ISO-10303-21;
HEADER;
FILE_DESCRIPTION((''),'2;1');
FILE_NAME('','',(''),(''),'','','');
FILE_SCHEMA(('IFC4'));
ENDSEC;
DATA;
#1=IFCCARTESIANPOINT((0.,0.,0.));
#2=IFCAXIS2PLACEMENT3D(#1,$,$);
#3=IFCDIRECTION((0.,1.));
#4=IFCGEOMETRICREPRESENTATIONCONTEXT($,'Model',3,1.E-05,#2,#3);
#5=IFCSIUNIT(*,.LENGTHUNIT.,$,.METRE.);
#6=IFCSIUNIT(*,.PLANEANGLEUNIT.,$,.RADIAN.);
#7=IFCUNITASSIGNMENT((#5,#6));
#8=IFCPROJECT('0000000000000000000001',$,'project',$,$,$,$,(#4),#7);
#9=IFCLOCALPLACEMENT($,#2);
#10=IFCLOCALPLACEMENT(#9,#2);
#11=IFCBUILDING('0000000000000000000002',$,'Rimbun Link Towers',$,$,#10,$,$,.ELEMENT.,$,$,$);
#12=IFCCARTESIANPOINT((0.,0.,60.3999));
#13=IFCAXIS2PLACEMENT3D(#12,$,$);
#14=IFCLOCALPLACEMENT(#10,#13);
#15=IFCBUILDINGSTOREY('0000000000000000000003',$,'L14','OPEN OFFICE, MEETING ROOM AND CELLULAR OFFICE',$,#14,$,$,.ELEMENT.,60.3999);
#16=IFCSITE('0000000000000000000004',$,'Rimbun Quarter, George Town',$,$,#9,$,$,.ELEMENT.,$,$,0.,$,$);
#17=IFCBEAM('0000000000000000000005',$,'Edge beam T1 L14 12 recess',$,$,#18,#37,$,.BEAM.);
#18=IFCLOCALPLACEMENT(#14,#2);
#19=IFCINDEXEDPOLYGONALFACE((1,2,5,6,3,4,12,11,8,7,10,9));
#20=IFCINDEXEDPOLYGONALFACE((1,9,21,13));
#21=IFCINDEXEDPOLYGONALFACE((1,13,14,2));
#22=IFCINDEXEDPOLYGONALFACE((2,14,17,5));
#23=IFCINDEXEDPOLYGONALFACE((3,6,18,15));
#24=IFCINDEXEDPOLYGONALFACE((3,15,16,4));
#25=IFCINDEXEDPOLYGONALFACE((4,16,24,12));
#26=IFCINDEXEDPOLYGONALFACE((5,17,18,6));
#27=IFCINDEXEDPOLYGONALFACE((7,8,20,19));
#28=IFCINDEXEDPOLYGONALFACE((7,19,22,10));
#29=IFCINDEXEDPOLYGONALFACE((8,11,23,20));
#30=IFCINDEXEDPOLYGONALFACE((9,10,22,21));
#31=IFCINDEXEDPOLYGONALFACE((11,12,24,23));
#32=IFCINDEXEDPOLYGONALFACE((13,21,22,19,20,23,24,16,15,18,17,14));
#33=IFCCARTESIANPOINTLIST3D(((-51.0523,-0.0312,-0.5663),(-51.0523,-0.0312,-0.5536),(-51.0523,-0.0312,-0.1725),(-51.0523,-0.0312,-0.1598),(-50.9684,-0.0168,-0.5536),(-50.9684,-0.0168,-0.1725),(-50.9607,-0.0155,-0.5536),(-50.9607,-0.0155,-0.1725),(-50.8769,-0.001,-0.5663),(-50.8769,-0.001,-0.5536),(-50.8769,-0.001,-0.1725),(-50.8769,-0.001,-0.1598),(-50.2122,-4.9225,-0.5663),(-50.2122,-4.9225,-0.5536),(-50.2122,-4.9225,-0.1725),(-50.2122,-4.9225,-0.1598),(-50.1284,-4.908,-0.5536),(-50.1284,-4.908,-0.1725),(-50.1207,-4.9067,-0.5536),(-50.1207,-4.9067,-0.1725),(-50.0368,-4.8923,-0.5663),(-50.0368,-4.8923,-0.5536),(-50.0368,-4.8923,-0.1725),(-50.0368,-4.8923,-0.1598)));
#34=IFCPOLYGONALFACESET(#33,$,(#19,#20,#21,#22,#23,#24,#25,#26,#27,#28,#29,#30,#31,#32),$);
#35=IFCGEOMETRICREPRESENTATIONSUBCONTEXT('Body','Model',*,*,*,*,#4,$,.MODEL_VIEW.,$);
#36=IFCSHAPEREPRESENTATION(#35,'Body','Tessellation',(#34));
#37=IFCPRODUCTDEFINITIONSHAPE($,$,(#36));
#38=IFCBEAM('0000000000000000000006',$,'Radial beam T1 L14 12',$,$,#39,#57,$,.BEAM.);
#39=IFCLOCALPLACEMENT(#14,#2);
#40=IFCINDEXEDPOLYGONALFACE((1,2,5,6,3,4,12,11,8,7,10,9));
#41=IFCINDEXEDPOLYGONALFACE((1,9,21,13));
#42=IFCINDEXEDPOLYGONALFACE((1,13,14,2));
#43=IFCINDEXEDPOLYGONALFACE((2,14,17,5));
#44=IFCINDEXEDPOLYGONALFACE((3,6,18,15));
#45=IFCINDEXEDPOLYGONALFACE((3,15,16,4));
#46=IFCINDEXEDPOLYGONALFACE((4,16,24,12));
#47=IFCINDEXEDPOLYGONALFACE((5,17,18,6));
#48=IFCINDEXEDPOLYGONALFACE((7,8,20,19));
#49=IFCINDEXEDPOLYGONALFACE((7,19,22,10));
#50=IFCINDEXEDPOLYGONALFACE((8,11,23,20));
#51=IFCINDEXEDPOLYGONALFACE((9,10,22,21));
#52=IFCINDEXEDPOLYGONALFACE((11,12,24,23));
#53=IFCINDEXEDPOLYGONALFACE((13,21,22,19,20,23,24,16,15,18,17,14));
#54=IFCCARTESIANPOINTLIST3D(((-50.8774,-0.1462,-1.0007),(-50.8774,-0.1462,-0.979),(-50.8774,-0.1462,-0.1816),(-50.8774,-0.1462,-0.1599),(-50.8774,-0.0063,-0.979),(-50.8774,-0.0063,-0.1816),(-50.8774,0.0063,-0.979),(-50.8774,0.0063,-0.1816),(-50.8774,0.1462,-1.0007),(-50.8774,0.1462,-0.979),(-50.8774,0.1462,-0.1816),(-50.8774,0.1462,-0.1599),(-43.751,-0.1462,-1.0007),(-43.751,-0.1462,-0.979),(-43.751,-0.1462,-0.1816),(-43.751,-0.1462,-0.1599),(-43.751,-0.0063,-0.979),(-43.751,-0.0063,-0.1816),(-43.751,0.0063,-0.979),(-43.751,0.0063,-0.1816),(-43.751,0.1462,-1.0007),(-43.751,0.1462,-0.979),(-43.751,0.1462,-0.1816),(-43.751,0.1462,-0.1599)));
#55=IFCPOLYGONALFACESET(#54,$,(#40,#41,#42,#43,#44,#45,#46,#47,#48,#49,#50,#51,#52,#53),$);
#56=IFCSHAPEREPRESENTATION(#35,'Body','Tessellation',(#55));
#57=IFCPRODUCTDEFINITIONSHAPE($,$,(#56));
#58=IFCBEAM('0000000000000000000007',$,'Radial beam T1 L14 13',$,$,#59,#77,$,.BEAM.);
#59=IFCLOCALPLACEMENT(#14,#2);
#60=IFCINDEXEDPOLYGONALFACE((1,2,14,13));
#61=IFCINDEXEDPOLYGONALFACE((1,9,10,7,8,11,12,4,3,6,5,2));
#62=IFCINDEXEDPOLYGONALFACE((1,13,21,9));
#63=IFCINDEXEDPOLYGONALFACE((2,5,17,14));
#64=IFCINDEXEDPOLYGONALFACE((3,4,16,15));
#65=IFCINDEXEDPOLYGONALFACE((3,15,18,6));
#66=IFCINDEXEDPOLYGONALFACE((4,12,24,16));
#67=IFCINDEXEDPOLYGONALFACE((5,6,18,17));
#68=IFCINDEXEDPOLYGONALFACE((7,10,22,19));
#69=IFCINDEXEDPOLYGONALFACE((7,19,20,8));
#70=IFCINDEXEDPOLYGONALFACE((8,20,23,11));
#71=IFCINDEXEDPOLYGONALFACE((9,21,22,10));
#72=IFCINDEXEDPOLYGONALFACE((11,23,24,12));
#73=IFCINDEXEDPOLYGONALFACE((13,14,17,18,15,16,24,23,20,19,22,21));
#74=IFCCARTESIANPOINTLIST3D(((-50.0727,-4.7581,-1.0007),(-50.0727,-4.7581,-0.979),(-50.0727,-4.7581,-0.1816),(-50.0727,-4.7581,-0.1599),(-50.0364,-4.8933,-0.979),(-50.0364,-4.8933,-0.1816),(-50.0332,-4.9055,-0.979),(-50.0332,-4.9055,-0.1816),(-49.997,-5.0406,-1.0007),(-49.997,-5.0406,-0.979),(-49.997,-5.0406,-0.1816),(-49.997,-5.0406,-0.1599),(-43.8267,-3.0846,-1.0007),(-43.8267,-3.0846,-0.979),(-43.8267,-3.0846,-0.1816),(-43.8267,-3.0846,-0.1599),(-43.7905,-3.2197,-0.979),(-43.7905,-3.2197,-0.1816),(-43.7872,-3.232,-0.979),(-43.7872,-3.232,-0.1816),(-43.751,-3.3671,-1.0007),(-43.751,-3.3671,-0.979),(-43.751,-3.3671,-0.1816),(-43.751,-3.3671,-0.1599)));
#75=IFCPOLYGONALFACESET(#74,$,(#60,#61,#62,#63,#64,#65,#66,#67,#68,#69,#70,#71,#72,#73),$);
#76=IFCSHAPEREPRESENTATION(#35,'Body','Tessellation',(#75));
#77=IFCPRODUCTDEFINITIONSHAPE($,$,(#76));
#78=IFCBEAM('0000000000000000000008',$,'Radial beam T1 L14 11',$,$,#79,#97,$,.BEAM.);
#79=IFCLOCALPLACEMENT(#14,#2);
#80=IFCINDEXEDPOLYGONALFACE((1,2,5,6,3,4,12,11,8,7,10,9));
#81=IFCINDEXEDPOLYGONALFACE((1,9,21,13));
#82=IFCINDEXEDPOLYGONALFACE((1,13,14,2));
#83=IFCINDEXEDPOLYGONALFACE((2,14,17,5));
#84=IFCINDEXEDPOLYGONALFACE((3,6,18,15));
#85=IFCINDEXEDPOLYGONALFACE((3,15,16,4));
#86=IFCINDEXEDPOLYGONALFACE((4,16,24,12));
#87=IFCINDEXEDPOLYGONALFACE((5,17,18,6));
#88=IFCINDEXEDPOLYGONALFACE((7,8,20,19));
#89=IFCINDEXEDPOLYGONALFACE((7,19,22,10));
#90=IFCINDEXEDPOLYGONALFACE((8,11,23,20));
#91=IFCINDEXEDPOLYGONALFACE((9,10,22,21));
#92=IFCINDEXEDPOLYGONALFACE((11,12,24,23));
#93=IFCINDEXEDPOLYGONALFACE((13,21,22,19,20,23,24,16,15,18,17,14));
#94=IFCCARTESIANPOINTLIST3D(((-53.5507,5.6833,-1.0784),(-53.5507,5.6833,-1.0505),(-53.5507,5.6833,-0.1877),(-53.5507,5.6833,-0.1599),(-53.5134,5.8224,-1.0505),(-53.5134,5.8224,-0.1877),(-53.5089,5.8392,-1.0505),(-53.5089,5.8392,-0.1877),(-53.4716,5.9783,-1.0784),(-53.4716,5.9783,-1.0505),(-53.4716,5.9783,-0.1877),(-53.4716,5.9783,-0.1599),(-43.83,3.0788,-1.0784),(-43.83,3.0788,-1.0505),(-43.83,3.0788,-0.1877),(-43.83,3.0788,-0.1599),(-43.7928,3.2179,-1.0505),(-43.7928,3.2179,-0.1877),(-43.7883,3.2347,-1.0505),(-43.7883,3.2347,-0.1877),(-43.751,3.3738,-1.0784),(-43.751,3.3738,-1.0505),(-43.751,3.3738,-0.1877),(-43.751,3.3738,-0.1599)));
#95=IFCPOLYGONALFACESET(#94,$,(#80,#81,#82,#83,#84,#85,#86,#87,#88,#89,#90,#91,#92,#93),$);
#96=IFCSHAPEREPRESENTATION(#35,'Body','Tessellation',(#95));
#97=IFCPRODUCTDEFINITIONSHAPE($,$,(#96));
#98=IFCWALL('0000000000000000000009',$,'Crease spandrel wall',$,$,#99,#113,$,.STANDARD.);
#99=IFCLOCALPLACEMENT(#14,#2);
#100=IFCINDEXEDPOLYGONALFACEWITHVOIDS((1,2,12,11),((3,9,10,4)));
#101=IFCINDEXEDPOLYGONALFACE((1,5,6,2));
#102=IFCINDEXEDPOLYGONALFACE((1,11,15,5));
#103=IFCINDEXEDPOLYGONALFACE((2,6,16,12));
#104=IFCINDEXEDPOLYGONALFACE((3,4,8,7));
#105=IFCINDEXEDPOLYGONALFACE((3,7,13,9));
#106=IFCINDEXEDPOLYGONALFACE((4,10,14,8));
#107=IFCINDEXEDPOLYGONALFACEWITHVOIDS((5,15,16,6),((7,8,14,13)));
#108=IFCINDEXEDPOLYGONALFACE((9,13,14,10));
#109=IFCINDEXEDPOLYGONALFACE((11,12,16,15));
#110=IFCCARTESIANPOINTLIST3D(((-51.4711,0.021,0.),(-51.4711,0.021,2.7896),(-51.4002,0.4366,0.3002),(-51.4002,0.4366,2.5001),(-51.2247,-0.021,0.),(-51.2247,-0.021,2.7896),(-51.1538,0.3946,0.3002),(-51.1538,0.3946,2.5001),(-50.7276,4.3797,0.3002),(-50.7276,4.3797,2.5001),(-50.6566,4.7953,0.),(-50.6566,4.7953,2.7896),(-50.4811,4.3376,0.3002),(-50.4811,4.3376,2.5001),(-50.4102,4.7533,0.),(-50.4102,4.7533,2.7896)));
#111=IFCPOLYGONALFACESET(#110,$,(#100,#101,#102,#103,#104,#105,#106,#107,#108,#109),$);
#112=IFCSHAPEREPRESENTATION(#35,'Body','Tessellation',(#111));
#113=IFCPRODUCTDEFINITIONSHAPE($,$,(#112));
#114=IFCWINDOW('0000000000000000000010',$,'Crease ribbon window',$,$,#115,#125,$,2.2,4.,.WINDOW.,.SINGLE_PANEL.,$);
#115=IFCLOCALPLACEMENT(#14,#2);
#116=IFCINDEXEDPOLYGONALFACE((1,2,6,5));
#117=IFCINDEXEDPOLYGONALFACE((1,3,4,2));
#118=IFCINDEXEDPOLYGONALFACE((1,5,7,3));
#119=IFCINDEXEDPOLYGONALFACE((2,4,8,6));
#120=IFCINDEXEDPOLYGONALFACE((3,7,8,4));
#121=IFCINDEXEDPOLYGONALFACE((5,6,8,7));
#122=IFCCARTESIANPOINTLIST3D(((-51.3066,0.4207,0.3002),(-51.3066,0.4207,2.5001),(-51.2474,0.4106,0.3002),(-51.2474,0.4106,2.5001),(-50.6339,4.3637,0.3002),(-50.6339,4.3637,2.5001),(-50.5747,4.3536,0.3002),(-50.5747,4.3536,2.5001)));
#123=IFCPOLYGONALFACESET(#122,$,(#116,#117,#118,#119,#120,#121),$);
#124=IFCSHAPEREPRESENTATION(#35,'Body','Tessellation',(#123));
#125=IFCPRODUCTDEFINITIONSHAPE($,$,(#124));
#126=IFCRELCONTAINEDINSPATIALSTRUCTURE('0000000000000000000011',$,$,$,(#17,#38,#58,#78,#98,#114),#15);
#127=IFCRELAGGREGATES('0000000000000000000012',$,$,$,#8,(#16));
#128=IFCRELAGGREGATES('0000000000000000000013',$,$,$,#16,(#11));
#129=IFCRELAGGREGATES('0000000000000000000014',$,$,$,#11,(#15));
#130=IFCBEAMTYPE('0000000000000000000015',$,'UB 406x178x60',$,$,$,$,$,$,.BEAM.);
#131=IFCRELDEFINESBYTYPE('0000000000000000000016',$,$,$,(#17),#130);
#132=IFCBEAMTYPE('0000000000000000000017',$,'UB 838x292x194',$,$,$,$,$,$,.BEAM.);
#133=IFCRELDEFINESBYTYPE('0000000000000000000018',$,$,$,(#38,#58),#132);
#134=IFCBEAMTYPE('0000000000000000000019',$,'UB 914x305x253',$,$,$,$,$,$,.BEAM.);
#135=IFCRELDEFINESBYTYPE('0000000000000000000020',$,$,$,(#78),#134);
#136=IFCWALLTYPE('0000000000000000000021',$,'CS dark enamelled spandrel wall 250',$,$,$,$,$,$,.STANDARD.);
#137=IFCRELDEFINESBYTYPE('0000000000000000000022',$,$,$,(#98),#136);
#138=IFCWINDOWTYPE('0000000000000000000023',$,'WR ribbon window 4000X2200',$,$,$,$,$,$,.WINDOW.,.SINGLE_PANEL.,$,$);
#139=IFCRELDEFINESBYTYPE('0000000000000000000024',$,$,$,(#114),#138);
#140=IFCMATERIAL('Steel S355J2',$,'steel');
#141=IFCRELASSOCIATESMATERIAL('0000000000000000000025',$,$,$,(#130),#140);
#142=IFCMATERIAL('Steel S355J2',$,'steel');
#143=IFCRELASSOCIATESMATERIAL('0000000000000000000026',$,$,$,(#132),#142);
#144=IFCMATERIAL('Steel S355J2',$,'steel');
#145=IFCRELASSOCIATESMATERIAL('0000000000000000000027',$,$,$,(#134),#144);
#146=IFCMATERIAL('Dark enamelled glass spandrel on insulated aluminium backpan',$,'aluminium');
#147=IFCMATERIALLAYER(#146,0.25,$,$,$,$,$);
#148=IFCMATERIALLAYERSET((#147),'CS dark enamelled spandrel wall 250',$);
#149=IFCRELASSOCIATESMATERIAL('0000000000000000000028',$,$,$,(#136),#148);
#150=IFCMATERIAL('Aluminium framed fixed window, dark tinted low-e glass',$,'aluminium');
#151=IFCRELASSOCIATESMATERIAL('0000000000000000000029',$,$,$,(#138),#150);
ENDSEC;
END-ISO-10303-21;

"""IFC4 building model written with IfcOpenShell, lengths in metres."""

from ifc_helpers import new_model, si_unit, direction, frame, frame_2d, origin, origin_2d, place, context, subcontext, project, spatial, rectangle, i_section, extrude, material, layer, layer_set, material_profile, profile_set, type_object, element, fill, save


model = new_model("IFC4")

# Units and contexts
model_context = context("Model", 3, precision=1e-05, world=origin(), true_north=direction((0.0, 1.0)))
body_context = subcontext(model_context, "Body", "Model", "MODEL_VIEW")
ifc_project = project(units=[si_unit("LENGTHUNIT", "METRE"), si_unit("PLANEANGLEUNIT", "RADIAN")], contexts=[model_context])

# Site, building, storey
site_placement = place(None, origin())
site = spatial("IfcSite", under=ifc_project, at=site_placement, Name="Rimbun Quarter, George Town", CompositionType="ELEMENT", RefElevation=0.0)
building_placement = place(site_placement, origin())
building = spatial("IfcBuilding", under=site, at=building_placement, Name="Rimbun Link Towers", CompositionType="ELEMENT")
storey_placement = place(building_placement, frame((0.0, 0.0, 60.3999)))
storey = spatial("IfcBuildingStorey", under=building, at=storey_placement, Name="L14", Description="OPEN OFFICE, MEETING ROOM AND CELLULAR OFFICE", CompositionType="ELEMENT", Elevation=60.3999)

# Beams
ifc_material_1 = material(Name="Steel S355J2", Category="steel")
ifc_material_profile_1 = material_profile(ifc_material_1, i_section(OverallWidth=0.178, OverallDepth=0.4065, WebThickness=0.0078, FlangeThickness=0.0127, at=origin_2d()), Name="UB 406x178x60")
ifc_profile_set_1 = profile_set([ifc_material_profile_1], Name="Steel S355J2")
beam_type_1 = type_object("IfcBeamType", Name="UB 406x178x60", PredefinedType="BEAM", material=ifc_profile_set_1)
beam_1_placement = place(storey_placement, frame((-50.9646, -0.0161, -0.363), z_axis=(0.169271, -0.98557, 0.0), x_axis=(0.98557, 0.169271, 0.0)))
element("IfcBeam", 1, at=beam_1_placement, inside=storey, type_object=beam_type_1, Name="Edge beam T1 L14 12 recess", PredefinedType="BEAM", context=body_context, shape_type="SweptSolid", body=[
    extrude(i_section(OverallWidth=0.178, OverallDepth=0.4065, WebThickness=0.0078, FlangeThickness=0.0127, at=origin_2d()), origin(), (0.0, 0.0, 1.0), 4.9629),
])
ifc_material_2 = material(Name="Steel S355J2", Category="steel")
ifc_material_profile_2 = material_profile(ifc_material_2, i_section(OverallWidth=0.2925, OverallDepth=0.8408, WebThickness=0.0127, FlangeThickness=0.0217, at=origin_2d()), Name="UB 838x292x194")
ifc_profile_set_2 = profile_set([ifc_material_profile_2], Name="Steel S355J2")
beam_type_2 = type_object("IfcBeamType", Name="UB 838x292x194", PredefinedType="BEAM", material=ifc_profile_set_2)
beam_2_placement = place(storey_placement, frame((-43.751, 0.0, -0.5803), z_axis=(-1.0, 0.0, 0.0), x_axis=(0.0, -1.0, 0.0)))
element("IfcBeam", 2, at=beam_2_placement, inside=storey, type_object=beam_type_2, Name="Radial beam T1 L14 12", PredefinedType="BEAM", context=body_context, shape_type="SweptSolid", body=[
    extrude(i_section(OverallWidth=0.2925, OverallDepth=0.8408, WebThickness=0.0127, FlangeThickness=0.0217, at=origin_2d()), origin(), (0.0, 0.0, 1.0), 7.1265),
])
beam_3_placement = place(storey_placement, frame((-43.7888, -3.2258, -0.5803), z_axis=(-0.965928, -0.258812, 0.0), x_axis=(0.258812, -0.965928, 0.0)))
element("IfcBeam", 3, at=beam_3_placement, inside=storey, type_object=beam_type_2, Name="Radial beam T1 L14 13", PredefinedType="BEAM", context=body_context, shape_type="SweptSolid", body=[
    extrude(i_section(OverallWidth=0.2925, OverallDepth=0.8408, WebThickness=0.0127, FlangeThickness=0.0217, at=origin_2d()), origin(), (0.0, 0.0, 1.0), 6.4663),
])
ifc_material_3 = material(Name="Steel S355J2", Category="steel")
ifc_material_profile_3 = material_profile(ifc_material_3, i_section(OverallWidth=0.3054, OverallDepth=0.9185, WebThickness=0.0173, FlangeThickness=0.0278, at=origin_2d()), Name="UB 914x305x253")
ifc_profile_set_3 = profile_set([ifc_material_profile_3], Name="Steel S355J2")
beam_type_3 = type_object("IfcBeamType", Name="UB 914x305x253", PredefinedType="BEAM", material=ifc_profile_set_3)
beam_4_placement = place(storey_placement, frame((-43.7905, 3.2263, -0.6191), z_axis=(-0.96593, 0.258804, 0.0), x_axis=(-0.258804, -0.96593, 0.0)))
element("IfcBeam", 4, at=beam_4_placement, inside=storey, type_object=beam_type_3, Name="Radial beam T1 L14 11", PredefinedType="BEAM", context=body_context, shape_type="SweptSolid", body=[
    extrude(i_section(OverallWidth=0.3054, OverallDepth=0.9185, WebThickness=0.0173, FlangeThickness=0.0278, at=origin_2d()), origin(), (0.0, 0.0, 1.0), 10.0635),
])

# Wall, opening, window
ifc_material_4 = material(Name="Dark enamelled glass spandrel on insulated aluminium backpan", Category="aluminium")
ifc_layer_1 = layer(ifc_material_4, 0.25)
ifc_layer_set_1 = layer_set([ifc_layer_1], Name="CS dark enamelled spandrel wall 250")
wall_type_1 = type_object("IfcWallType", Name="CS dark enamelled spandrel wall 250", PredefinedType="STANDARD", material=ifc_layer_set_1)
wall_1_placement = place(storey_placement, frame((-51.3479, 0.0, 0.0), z_axis=(0.0, 0.0, 1.0), x_axis=(0.168166, 0.985759, 0.0)))
wall_1 = element("IfcWall", 5, at=wall_1_placement, inside=storey, type_object=wall_type_1, Name="Crease spandrel wall", PredefinedType="STANDARD", context=body_context, shape_type="SweptSolid", body=[
    extrude(rectangle(XDim=4.8433, YDim=0.25, at=frame_2d((2.4216, 0.0))), origin(), (0.0, 0.0, 1.0), 2.7896),
])
opening_1_placement = place(wall_1_placement, frame((0.4216, 0.0, 0.3)))
opening_1 = element("IfcOpeningElement", 6, at=opening_1_placement, cuts=wall_1, PredefinedType="OPENING", context=body_context, shape_type="SweptSolid", body=[
    extrude(rectangle(XDim=4.0, YDim=2.2, at=frame_2d((2.0, 1.1001))), frame((0.0, 0.135, 0.0), z_axis=(0.0, -1.0, 0.0), x_axis=(1.0, 0.0, 0.0)), (0.0, 0.0, 1.0), 0.27),
])
ifc_material_5 = material(Name="Aluminium framed fixed window, dark tinted low-e glass", Category="aluminium")
window_type = type_object("IfcWindowType", Name="WR ribbon window 4000X2200", PartitioningType="SINGLE_PANEL", PredefinedType="WINDOW", material=ifc_material_5)
window_placement = place(opening_1_placement, origin())
window = element("IfcWindow", 7, at=window_placement, inside=storey, type_object=window_type, Name="Crease ribbon window", OverallHeight=2.2, OverallWidth=4.0, PartitioningType="SINGLE_PANEL", PredefinedType="WINDOW", context=body_context, shape_type="SweptSolid", body=[
    extrude(rectangle(XDim=4.0, YDim=2.2, at=frame_2d((2.0, 1.1001))), frame((0.0, 0.03, 0.0), z_axis=(0.0, -1.0, 0.0), x_axis=(1.0, 0.0, 0.0)), (0.0, 0.0, 1.0), 0.0601),
])
fill(opening_1, window)

save(model, "model.ifc")
